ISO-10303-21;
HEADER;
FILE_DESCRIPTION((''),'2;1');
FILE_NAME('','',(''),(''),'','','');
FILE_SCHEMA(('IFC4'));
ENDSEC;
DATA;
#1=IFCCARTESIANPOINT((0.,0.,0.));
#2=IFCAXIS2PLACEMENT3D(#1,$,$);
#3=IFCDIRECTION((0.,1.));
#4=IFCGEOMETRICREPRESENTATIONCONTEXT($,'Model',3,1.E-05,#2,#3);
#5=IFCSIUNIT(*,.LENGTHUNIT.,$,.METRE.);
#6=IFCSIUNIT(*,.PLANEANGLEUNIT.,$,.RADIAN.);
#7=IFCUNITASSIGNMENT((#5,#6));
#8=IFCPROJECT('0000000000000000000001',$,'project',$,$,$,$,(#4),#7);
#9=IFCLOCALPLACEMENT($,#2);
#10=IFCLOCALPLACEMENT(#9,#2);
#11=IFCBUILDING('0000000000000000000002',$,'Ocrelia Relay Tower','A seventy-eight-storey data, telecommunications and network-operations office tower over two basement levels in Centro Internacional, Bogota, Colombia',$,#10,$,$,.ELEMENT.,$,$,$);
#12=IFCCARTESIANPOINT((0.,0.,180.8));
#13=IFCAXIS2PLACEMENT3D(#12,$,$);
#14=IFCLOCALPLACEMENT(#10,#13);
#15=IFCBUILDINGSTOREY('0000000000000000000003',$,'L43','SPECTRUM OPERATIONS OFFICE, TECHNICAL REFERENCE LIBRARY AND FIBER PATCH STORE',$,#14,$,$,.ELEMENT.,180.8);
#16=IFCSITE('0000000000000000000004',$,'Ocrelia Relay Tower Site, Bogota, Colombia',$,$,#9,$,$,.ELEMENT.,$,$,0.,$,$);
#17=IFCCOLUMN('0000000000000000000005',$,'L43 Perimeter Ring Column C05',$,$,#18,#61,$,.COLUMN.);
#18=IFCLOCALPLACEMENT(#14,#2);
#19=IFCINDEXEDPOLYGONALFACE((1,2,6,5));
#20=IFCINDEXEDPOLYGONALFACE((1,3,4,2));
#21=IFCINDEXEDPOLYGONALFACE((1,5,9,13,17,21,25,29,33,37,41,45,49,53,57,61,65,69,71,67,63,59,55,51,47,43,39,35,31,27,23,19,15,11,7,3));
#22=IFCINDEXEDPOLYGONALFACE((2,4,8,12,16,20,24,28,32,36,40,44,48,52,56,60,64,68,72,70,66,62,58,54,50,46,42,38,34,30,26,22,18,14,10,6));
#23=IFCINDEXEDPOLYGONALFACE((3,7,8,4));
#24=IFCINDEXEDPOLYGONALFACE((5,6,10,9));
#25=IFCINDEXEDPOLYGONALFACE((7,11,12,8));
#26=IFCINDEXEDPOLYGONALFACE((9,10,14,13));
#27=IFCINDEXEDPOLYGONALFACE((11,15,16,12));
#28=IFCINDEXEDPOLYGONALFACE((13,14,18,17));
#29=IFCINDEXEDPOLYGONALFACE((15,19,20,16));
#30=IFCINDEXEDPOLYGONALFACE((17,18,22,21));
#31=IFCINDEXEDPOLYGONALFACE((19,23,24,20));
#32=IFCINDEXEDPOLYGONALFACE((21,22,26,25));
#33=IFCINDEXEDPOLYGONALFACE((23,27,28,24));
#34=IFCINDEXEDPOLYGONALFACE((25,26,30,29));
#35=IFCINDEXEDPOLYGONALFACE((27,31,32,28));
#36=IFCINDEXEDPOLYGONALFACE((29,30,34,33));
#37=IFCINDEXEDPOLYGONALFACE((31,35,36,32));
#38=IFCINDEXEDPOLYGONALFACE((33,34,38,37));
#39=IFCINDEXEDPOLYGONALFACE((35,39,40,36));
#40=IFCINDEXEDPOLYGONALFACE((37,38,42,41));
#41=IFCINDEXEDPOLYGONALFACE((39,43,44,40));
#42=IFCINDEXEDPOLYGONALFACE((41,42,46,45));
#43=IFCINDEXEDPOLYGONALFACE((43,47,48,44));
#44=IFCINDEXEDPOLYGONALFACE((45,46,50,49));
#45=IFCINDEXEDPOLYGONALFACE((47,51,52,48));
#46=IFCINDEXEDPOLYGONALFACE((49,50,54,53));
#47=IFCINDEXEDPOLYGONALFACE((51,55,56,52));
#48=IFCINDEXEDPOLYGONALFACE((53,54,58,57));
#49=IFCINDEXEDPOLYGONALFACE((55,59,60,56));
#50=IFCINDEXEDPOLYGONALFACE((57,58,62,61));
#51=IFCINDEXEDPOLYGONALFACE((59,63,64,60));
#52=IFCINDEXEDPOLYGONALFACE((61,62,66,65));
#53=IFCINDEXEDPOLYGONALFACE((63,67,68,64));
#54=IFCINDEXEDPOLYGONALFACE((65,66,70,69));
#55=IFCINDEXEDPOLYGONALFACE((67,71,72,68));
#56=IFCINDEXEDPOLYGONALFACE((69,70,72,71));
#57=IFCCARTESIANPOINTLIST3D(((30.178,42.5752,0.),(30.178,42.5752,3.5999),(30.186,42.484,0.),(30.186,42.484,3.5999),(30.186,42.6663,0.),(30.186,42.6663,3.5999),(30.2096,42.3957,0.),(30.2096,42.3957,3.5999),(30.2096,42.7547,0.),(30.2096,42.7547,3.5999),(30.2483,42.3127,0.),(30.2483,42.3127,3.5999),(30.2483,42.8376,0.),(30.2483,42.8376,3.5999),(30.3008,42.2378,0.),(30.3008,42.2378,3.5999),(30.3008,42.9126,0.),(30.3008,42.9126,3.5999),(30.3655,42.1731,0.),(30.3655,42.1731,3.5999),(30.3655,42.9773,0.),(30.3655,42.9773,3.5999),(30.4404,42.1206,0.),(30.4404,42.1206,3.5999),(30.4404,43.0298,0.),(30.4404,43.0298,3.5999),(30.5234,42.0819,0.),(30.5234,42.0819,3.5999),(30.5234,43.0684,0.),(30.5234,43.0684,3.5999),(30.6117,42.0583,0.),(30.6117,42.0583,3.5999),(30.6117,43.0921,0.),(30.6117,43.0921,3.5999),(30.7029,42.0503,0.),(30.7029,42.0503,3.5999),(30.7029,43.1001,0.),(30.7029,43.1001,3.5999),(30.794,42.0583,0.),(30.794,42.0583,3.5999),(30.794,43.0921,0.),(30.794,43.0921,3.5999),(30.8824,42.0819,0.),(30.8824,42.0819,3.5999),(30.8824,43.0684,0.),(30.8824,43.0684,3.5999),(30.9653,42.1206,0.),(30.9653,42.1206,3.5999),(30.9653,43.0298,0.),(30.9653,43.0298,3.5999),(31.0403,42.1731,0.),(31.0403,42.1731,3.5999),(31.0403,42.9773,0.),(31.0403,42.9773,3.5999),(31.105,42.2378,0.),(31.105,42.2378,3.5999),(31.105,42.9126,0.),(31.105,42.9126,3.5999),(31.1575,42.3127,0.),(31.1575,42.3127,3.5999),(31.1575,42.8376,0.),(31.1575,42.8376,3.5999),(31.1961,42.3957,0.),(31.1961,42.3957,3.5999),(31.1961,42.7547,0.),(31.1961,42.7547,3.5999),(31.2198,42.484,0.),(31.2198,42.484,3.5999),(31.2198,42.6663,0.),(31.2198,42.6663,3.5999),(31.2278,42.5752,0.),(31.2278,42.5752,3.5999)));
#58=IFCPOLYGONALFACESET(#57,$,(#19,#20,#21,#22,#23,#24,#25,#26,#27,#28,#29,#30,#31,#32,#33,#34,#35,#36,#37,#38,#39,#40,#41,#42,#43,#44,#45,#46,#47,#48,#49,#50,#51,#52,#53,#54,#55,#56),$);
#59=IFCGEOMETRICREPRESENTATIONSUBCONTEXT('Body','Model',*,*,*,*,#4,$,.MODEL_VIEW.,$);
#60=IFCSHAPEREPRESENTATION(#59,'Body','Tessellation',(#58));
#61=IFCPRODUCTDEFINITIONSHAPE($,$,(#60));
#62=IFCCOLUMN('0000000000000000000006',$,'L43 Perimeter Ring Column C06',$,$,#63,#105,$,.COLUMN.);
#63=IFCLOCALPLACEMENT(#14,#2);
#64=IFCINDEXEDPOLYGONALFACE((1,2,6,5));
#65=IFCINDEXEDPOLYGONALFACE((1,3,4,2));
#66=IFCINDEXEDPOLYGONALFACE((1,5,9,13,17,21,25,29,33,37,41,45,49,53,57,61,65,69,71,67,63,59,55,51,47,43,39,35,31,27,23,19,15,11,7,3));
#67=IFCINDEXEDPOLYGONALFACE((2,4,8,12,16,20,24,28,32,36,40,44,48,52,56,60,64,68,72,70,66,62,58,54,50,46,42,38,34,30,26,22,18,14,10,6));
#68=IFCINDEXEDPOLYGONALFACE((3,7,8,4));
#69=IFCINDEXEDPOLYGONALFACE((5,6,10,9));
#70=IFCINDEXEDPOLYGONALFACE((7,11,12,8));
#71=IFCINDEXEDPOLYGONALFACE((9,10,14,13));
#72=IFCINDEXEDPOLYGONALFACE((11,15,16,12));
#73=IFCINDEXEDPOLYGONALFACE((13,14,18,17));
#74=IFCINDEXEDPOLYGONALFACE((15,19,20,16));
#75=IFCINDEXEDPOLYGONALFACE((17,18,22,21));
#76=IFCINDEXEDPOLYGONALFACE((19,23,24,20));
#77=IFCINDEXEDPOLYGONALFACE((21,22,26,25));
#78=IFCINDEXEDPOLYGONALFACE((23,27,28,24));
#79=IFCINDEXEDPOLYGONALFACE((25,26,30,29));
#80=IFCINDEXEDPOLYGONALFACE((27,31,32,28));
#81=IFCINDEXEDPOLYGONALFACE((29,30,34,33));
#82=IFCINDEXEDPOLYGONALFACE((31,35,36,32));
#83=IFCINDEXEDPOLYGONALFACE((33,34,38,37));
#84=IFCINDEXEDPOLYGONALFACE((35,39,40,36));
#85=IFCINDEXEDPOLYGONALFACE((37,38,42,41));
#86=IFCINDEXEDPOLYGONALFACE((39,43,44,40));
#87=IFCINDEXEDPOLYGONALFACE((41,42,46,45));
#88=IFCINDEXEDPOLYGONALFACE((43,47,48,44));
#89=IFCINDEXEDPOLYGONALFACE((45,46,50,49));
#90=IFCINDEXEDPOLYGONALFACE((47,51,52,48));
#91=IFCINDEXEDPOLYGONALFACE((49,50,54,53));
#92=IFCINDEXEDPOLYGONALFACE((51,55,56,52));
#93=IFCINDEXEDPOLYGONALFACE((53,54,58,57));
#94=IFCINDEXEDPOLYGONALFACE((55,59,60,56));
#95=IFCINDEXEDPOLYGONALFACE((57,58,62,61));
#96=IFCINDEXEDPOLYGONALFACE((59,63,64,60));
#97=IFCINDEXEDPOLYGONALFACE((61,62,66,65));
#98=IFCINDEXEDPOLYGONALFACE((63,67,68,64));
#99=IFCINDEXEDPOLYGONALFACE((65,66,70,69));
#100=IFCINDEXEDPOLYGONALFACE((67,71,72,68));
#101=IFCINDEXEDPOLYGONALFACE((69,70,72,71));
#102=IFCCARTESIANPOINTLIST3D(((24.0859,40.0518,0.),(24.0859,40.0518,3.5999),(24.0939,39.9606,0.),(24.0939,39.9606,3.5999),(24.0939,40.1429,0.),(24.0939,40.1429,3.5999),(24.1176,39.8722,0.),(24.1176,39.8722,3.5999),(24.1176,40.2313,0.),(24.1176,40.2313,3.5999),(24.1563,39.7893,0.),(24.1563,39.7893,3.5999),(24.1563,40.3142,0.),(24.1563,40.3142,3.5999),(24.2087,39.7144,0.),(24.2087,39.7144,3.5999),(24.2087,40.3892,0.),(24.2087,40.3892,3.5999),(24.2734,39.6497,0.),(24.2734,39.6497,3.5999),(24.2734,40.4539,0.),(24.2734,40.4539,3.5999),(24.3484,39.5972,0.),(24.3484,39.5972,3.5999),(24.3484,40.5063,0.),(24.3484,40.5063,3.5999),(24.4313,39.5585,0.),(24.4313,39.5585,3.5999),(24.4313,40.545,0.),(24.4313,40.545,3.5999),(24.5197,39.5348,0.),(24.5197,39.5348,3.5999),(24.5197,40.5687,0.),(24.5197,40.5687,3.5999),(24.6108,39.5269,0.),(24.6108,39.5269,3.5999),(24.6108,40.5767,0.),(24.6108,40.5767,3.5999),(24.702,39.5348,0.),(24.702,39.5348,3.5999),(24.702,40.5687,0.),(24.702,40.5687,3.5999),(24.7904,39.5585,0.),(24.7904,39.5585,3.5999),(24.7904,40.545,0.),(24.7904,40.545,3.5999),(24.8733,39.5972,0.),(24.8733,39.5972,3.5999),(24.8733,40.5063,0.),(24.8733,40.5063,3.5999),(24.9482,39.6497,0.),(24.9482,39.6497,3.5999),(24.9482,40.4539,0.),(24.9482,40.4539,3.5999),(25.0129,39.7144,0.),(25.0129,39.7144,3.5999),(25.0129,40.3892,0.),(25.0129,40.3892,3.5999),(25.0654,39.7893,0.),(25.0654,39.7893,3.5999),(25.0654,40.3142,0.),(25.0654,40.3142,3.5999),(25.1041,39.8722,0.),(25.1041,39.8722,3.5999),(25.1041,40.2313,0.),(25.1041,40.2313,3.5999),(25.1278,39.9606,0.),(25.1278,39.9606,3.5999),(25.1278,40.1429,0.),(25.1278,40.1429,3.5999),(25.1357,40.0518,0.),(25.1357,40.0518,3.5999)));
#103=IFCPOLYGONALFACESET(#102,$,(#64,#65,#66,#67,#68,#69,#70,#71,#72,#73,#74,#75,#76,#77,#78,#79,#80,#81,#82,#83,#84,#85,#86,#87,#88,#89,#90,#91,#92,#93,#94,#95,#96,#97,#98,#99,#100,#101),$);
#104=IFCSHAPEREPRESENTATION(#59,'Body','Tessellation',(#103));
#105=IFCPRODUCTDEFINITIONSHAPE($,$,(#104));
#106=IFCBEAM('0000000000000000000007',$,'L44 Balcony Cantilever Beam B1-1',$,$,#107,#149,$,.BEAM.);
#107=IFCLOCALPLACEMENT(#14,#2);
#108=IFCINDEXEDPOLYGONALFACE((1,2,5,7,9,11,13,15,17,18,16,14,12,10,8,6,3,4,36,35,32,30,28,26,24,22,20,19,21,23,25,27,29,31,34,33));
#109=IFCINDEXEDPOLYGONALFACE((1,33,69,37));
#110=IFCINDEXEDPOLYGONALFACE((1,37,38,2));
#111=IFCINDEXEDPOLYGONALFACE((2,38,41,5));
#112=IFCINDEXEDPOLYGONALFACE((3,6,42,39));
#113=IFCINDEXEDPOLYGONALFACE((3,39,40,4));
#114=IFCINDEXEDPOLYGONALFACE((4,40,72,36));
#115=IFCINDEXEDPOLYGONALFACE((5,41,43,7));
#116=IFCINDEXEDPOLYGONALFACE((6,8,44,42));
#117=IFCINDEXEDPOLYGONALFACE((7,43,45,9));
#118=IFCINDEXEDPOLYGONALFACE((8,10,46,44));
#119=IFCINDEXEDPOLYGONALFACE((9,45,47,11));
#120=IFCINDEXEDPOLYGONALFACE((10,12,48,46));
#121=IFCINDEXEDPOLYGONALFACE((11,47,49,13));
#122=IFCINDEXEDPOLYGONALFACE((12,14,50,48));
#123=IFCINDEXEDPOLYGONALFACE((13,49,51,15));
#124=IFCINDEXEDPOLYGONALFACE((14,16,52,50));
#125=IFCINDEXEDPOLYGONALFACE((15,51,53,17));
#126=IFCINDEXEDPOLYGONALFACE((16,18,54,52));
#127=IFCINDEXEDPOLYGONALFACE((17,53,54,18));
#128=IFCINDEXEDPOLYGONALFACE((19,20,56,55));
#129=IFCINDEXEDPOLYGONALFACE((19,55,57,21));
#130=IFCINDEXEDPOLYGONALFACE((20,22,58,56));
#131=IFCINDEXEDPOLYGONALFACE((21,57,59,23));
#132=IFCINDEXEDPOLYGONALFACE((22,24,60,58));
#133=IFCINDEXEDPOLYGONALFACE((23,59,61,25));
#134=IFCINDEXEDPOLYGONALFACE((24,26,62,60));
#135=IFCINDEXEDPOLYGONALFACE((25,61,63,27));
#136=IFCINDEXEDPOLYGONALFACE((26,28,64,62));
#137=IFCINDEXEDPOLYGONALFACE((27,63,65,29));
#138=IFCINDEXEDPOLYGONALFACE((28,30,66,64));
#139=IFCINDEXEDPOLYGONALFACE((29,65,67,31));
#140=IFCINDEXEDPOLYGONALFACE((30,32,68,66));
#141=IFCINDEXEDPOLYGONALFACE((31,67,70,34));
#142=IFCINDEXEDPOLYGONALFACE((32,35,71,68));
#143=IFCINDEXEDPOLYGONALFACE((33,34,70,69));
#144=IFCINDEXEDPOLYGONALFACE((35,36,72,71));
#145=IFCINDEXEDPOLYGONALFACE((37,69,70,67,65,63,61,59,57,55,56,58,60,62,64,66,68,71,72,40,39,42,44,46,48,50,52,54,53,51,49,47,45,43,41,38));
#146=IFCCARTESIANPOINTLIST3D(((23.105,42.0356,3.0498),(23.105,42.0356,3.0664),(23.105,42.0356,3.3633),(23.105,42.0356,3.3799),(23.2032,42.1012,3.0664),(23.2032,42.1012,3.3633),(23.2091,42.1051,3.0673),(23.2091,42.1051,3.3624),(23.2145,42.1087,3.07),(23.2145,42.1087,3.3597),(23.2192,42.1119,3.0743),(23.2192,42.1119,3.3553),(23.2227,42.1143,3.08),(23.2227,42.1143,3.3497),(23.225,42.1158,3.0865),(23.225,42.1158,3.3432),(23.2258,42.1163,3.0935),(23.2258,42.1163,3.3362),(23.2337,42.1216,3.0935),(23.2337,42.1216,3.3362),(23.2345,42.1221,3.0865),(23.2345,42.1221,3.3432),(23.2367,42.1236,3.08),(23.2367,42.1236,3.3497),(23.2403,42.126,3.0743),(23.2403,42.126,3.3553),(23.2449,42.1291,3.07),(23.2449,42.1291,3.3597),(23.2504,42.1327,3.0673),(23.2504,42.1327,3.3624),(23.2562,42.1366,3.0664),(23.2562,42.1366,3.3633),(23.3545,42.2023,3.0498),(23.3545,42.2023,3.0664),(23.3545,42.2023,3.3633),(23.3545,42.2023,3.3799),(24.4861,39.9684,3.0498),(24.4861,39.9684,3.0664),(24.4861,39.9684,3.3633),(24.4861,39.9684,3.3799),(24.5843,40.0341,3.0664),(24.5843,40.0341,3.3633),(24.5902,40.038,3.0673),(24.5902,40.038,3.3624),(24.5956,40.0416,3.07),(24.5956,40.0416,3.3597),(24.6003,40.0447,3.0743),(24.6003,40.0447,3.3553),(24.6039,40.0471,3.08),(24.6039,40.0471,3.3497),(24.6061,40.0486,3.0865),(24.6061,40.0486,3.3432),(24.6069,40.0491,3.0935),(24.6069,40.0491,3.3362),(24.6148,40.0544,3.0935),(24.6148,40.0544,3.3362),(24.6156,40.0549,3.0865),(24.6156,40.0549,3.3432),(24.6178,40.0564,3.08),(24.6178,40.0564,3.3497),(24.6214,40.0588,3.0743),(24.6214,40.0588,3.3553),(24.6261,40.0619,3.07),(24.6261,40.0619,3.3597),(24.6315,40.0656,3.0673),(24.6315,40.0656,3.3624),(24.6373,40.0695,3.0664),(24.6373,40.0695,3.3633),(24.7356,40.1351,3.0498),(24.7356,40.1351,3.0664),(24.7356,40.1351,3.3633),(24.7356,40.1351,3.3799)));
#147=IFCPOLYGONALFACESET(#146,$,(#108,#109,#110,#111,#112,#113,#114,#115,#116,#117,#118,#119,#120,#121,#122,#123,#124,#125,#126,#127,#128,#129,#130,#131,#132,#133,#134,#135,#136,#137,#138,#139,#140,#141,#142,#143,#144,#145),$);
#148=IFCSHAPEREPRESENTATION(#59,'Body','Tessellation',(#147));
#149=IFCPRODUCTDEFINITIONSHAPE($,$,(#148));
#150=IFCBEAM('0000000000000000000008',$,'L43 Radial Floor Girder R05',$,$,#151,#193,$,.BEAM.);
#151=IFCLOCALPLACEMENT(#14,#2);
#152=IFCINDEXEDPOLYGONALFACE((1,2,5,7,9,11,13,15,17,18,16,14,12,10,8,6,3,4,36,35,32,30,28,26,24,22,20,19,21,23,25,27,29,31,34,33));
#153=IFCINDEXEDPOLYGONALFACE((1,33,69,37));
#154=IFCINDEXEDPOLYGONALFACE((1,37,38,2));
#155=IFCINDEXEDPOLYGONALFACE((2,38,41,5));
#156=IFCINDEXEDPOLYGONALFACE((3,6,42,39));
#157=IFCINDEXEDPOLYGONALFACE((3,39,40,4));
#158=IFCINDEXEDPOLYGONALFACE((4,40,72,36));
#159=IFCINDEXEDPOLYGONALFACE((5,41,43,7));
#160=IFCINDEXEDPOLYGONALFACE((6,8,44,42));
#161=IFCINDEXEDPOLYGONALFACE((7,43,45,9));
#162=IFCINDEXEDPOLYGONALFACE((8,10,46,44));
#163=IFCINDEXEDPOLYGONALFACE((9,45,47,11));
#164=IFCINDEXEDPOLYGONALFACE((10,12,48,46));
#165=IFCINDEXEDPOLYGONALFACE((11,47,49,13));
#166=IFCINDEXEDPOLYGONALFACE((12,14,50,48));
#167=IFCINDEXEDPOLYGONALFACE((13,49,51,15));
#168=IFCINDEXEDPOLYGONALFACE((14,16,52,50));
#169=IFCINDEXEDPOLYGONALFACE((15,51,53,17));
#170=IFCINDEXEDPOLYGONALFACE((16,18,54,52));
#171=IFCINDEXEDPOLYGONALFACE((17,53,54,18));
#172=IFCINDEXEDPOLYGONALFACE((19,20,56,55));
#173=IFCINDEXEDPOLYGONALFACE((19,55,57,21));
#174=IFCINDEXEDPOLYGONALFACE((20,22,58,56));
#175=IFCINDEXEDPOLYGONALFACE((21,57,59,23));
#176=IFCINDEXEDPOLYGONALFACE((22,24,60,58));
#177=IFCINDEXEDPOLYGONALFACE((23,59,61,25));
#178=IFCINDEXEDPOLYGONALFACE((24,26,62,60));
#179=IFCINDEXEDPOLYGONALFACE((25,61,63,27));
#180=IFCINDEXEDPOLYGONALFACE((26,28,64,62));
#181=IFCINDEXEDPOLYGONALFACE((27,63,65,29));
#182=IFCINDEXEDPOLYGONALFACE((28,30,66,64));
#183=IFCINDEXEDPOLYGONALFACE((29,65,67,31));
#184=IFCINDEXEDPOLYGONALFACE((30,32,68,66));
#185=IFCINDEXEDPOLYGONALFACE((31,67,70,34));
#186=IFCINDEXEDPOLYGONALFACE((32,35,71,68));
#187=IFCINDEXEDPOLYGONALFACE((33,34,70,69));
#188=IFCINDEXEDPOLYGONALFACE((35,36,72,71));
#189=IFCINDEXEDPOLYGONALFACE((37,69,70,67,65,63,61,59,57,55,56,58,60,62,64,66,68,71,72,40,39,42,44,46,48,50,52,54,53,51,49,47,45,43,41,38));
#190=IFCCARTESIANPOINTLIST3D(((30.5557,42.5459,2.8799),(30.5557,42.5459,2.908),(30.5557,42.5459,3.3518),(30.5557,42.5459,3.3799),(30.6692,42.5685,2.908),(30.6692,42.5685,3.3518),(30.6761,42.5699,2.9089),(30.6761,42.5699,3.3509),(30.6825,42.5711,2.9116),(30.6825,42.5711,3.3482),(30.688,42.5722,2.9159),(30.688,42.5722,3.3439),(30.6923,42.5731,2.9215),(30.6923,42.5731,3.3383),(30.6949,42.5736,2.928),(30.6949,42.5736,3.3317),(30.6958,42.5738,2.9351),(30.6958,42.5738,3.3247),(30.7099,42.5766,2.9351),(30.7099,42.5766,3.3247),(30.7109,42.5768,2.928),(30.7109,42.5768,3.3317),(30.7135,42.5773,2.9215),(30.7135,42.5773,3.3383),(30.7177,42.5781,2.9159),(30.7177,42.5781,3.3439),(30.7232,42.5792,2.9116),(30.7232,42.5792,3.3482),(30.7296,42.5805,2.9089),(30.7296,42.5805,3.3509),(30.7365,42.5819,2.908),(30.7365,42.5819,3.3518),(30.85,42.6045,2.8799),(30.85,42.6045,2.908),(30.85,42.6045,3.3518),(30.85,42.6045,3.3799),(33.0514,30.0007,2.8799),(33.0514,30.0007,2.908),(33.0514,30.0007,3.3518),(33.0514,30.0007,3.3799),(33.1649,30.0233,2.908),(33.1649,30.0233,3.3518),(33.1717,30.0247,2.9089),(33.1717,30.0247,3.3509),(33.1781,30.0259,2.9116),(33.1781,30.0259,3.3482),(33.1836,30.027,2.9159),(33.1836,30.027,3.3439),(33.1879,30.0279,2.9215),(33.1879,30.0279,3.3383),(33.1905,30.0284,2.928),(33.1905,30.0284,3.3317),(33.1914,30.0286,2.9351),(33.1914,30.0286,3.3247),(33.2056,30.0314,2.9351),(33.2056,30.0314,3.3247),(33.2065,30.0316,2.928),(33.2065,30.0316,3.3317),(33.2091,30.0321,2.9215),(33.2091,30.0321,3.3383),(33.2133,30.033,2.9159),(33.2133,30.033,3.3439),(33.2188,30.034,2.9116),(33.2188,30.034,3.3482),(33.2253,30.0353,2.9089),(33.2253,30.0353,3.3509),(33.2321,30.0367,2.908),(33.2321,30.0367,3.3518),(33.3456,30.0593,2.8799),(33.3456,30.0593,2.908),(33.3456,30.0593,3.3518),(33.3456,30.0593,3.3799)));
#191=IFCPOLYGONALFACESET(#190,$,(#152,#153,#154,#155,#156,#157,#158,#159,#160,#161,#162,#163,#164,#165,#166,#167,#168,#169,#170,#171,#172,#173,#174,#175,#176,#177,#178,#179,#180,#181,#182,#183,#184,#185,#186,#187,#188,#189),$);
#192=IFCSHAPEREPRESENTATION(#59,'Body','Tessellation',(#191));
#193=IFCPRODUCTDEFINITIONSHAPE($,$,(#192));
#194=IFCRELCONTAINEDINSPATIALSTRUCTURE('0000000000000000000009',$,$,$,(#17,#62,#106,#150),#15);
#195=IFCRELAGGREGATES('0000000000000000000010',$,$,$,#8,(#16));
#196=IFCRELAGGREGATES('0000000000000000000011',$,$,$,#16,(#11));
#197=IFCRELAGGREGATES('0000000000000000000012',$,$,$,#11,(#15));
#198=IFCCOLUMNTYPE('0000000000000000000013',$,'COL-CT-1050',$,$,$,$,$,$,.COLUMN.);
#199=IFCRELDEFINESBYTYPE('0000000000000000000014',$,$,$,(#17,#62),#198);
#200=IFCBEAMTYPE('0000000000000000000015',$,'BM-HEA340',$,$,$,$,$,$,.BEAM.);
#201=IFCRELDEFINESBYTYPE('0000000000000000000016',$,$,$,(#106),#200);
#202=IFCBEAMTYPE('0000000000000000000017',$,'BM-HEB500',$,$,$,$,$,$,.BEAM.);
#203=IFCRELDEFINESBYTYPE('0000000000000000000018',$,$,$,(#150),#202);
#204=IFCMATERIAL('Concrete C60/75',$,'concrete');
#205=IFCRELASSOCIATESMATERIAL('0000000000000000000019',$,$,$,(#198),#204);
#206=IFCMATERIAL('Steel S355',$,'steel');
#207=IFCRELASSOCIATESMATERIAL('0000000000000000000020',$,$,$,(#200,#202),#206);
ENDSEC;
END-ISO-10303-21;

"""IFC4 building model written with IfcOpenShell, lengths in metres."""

from ifc_helpers import new_model, si_unit, direction, frame, origin, origin_2d, place, context, subcontext, project, spatial, circle, i_section, extrude, material, material_profile, profile_set, type_object, element, save


model = new_model("IFC4")

# Units and contexts
model_context = context("Model", 3, precision=1e-05, world=origin(), true_north=direction((0.0, 1.0)))
body_context = subcontext(model_context, "Body", "Model", "MODEL_VIEW")
ifc_project = project(units=[si_unit("LENGTHUNIT", "METRE"), si_unit("PLANEANGLEUNIT", "RADIAN")], contexts=[model_context])

# Site, building, storey
site_placement = place(None, origin())
site = spatial("IfcSite", under=ifc_project, at=site_placement, Name="Ocrelia Relay Tower Site, Bogota, Colombia", CompositionType="ELEMENT", RefElevation=0.0)
building_placement = place(site_placement, origin())
building = spatial("IfcBuilding", under=site, at=building_placement, Name="Ocrelia Relay Tower", Description="A seventy-eight-storey data, telecommunications and network-operations office tower over two basement levels in Centro Internacional, Bogota, Colombia", CompositionType="ELEMENT")
storey_placement = place(building_placement, frame((0.0, 0.0, 180.8)))
storey = spatial("IfcBuildingStorey", under=building, at=storey_placement, Name="L43", Description="SPECTRUM OPERATIONS OFFICE, TECHNICAL REFERENCE LIBRARY AND FIBER PATCH STORE", CompositionType="ELEMENT", Elevation=180.8)

# Columns
ifc_material_1 = material(Name="Concrete C60/75", Category="concrete")
ifc_material_profile_1 = material_profile(ifc_material_1, circle(Radius=0.5249, at=origin_2d()), Name="RC-CIR-1050")
ifc_profile_set_1 = profile_set([ifc_material_profile_1], Name="Concrete C60/75")
column_type = type_object("IfcColumnType", Name="COL-CT-1050", PredefinedType="COLUMN", material=ifc_profile_set_1)
for number, where, z_axis, x_axis, name in (
    (1, (30.7029, 42.5752, 0.0), (0.0, 0.0, 1.0), (1.0, 0.0, 0.0), "L43 Perimeter Ring Column C05"),
    (2, (24.6108, 40.0518, 0.0), (0.0, 0.0, 1.0), (1.0, 0.0, 0.0), "L43 Perimeter Ring Column C06"),
):
    element("IfcColumn", number, at=place(storey_placement, frame(where, z_axis=z_axis, x_axis=x_axis)), inside=storey, type_object=column_type, Name=name, PredefinedType="COLUMN", context=body_context, shape_type="SweptSolid", body=[
        extrude(circle(Radius=0.5249, at=origin_2d()), origin(), (0.0, 0.0, 1.0), 3.5999),
    ])

# Beams
ifc_material_2 = material(Name="Steel S355", Category="steel")
ifc_material_profile_2 = material_profile(ifc_material_2, i_section(OverallWidth=0.3, OverallDepth=0.3301, WebThickness=0.0095, FlangeThickness=0.0166, FilletRadius=0.0271, at=origin_2d()), Name="HEA 340")
ifc_profile_set_2 = profile_set([ifc_material_profile_2], Name="Steel S355")
beam_type_1 = type_object("IfcBeamType", Name="BM-HEA340", PredefinedType="BEAM", material=ifc_profile_set_2)
beam_1_placement = place(storey_placement, frame((24.6108, 40.0518, 3.2148), z_axis=(-0.555538, 0.831491, 0.0), x_axis=(-0.831491, -0.555538, 0.0)))
element("IfcBeam", 3, at=beam_1_placement, inside=storey, type_object=beam_type_1, Name="L44 Balcony Cantilever Beam B1-1", PredefinedType="BEAM", context=body_context, shape_type="SweptSolid", body=[
    extrude(i_section(OverallWidth=0.3, OverallDepth=0.3301, WebThickness=0.0095, FlangeThickness=0.0166, FilletRadius=0.0271, at=origin_2d()), origin(), (0.0, 0.0, 1.0), 2.4861),
])
ifc_material_profile_3 = material_profile(ifc_material_2, i_section(OverallWidth=0.3, OverallDepth=0.5, WebThickness=0.0144, FlangeThickness=0.0281, FilletRadius=0.0271, at=origin_2d()), Name="HEB 500")
ifc_profile_set_3 = profile_set([ifc_material_profile_3], Name="Steel S355")
beam_type_2 = type_object("IfcBeamType", Name="BM-HEB500", PredefinedType="BEAM", material=ifc_profile_set_3)
beam_2_placement = place(storey_placement, frame((30.7029, 42.5752, 3.1299), z_axis=(0.195107, -0.980782, 0.0), x_axis=(0.980782, 0.195107, 0.0)))
element("IfcBeam", 4, at=beam_2_placement, inside=storey, type_object=beam_type_2, Name="L43 Radial Floor Girder R05", PredefinedType="BEAM", context=body_context, shape_type="SweptSolid", body=[
    extrude(i_section(OverallWidth=0.3, OverallDepth=0.5, WebThickness=0.0144, FlangeThickness=0.0281, FilletRadius=0.0271, at=origin_2d()), origin(), (0.0, 0.0, 1.0), 12.791),
])

save(model, "model.ifc")
